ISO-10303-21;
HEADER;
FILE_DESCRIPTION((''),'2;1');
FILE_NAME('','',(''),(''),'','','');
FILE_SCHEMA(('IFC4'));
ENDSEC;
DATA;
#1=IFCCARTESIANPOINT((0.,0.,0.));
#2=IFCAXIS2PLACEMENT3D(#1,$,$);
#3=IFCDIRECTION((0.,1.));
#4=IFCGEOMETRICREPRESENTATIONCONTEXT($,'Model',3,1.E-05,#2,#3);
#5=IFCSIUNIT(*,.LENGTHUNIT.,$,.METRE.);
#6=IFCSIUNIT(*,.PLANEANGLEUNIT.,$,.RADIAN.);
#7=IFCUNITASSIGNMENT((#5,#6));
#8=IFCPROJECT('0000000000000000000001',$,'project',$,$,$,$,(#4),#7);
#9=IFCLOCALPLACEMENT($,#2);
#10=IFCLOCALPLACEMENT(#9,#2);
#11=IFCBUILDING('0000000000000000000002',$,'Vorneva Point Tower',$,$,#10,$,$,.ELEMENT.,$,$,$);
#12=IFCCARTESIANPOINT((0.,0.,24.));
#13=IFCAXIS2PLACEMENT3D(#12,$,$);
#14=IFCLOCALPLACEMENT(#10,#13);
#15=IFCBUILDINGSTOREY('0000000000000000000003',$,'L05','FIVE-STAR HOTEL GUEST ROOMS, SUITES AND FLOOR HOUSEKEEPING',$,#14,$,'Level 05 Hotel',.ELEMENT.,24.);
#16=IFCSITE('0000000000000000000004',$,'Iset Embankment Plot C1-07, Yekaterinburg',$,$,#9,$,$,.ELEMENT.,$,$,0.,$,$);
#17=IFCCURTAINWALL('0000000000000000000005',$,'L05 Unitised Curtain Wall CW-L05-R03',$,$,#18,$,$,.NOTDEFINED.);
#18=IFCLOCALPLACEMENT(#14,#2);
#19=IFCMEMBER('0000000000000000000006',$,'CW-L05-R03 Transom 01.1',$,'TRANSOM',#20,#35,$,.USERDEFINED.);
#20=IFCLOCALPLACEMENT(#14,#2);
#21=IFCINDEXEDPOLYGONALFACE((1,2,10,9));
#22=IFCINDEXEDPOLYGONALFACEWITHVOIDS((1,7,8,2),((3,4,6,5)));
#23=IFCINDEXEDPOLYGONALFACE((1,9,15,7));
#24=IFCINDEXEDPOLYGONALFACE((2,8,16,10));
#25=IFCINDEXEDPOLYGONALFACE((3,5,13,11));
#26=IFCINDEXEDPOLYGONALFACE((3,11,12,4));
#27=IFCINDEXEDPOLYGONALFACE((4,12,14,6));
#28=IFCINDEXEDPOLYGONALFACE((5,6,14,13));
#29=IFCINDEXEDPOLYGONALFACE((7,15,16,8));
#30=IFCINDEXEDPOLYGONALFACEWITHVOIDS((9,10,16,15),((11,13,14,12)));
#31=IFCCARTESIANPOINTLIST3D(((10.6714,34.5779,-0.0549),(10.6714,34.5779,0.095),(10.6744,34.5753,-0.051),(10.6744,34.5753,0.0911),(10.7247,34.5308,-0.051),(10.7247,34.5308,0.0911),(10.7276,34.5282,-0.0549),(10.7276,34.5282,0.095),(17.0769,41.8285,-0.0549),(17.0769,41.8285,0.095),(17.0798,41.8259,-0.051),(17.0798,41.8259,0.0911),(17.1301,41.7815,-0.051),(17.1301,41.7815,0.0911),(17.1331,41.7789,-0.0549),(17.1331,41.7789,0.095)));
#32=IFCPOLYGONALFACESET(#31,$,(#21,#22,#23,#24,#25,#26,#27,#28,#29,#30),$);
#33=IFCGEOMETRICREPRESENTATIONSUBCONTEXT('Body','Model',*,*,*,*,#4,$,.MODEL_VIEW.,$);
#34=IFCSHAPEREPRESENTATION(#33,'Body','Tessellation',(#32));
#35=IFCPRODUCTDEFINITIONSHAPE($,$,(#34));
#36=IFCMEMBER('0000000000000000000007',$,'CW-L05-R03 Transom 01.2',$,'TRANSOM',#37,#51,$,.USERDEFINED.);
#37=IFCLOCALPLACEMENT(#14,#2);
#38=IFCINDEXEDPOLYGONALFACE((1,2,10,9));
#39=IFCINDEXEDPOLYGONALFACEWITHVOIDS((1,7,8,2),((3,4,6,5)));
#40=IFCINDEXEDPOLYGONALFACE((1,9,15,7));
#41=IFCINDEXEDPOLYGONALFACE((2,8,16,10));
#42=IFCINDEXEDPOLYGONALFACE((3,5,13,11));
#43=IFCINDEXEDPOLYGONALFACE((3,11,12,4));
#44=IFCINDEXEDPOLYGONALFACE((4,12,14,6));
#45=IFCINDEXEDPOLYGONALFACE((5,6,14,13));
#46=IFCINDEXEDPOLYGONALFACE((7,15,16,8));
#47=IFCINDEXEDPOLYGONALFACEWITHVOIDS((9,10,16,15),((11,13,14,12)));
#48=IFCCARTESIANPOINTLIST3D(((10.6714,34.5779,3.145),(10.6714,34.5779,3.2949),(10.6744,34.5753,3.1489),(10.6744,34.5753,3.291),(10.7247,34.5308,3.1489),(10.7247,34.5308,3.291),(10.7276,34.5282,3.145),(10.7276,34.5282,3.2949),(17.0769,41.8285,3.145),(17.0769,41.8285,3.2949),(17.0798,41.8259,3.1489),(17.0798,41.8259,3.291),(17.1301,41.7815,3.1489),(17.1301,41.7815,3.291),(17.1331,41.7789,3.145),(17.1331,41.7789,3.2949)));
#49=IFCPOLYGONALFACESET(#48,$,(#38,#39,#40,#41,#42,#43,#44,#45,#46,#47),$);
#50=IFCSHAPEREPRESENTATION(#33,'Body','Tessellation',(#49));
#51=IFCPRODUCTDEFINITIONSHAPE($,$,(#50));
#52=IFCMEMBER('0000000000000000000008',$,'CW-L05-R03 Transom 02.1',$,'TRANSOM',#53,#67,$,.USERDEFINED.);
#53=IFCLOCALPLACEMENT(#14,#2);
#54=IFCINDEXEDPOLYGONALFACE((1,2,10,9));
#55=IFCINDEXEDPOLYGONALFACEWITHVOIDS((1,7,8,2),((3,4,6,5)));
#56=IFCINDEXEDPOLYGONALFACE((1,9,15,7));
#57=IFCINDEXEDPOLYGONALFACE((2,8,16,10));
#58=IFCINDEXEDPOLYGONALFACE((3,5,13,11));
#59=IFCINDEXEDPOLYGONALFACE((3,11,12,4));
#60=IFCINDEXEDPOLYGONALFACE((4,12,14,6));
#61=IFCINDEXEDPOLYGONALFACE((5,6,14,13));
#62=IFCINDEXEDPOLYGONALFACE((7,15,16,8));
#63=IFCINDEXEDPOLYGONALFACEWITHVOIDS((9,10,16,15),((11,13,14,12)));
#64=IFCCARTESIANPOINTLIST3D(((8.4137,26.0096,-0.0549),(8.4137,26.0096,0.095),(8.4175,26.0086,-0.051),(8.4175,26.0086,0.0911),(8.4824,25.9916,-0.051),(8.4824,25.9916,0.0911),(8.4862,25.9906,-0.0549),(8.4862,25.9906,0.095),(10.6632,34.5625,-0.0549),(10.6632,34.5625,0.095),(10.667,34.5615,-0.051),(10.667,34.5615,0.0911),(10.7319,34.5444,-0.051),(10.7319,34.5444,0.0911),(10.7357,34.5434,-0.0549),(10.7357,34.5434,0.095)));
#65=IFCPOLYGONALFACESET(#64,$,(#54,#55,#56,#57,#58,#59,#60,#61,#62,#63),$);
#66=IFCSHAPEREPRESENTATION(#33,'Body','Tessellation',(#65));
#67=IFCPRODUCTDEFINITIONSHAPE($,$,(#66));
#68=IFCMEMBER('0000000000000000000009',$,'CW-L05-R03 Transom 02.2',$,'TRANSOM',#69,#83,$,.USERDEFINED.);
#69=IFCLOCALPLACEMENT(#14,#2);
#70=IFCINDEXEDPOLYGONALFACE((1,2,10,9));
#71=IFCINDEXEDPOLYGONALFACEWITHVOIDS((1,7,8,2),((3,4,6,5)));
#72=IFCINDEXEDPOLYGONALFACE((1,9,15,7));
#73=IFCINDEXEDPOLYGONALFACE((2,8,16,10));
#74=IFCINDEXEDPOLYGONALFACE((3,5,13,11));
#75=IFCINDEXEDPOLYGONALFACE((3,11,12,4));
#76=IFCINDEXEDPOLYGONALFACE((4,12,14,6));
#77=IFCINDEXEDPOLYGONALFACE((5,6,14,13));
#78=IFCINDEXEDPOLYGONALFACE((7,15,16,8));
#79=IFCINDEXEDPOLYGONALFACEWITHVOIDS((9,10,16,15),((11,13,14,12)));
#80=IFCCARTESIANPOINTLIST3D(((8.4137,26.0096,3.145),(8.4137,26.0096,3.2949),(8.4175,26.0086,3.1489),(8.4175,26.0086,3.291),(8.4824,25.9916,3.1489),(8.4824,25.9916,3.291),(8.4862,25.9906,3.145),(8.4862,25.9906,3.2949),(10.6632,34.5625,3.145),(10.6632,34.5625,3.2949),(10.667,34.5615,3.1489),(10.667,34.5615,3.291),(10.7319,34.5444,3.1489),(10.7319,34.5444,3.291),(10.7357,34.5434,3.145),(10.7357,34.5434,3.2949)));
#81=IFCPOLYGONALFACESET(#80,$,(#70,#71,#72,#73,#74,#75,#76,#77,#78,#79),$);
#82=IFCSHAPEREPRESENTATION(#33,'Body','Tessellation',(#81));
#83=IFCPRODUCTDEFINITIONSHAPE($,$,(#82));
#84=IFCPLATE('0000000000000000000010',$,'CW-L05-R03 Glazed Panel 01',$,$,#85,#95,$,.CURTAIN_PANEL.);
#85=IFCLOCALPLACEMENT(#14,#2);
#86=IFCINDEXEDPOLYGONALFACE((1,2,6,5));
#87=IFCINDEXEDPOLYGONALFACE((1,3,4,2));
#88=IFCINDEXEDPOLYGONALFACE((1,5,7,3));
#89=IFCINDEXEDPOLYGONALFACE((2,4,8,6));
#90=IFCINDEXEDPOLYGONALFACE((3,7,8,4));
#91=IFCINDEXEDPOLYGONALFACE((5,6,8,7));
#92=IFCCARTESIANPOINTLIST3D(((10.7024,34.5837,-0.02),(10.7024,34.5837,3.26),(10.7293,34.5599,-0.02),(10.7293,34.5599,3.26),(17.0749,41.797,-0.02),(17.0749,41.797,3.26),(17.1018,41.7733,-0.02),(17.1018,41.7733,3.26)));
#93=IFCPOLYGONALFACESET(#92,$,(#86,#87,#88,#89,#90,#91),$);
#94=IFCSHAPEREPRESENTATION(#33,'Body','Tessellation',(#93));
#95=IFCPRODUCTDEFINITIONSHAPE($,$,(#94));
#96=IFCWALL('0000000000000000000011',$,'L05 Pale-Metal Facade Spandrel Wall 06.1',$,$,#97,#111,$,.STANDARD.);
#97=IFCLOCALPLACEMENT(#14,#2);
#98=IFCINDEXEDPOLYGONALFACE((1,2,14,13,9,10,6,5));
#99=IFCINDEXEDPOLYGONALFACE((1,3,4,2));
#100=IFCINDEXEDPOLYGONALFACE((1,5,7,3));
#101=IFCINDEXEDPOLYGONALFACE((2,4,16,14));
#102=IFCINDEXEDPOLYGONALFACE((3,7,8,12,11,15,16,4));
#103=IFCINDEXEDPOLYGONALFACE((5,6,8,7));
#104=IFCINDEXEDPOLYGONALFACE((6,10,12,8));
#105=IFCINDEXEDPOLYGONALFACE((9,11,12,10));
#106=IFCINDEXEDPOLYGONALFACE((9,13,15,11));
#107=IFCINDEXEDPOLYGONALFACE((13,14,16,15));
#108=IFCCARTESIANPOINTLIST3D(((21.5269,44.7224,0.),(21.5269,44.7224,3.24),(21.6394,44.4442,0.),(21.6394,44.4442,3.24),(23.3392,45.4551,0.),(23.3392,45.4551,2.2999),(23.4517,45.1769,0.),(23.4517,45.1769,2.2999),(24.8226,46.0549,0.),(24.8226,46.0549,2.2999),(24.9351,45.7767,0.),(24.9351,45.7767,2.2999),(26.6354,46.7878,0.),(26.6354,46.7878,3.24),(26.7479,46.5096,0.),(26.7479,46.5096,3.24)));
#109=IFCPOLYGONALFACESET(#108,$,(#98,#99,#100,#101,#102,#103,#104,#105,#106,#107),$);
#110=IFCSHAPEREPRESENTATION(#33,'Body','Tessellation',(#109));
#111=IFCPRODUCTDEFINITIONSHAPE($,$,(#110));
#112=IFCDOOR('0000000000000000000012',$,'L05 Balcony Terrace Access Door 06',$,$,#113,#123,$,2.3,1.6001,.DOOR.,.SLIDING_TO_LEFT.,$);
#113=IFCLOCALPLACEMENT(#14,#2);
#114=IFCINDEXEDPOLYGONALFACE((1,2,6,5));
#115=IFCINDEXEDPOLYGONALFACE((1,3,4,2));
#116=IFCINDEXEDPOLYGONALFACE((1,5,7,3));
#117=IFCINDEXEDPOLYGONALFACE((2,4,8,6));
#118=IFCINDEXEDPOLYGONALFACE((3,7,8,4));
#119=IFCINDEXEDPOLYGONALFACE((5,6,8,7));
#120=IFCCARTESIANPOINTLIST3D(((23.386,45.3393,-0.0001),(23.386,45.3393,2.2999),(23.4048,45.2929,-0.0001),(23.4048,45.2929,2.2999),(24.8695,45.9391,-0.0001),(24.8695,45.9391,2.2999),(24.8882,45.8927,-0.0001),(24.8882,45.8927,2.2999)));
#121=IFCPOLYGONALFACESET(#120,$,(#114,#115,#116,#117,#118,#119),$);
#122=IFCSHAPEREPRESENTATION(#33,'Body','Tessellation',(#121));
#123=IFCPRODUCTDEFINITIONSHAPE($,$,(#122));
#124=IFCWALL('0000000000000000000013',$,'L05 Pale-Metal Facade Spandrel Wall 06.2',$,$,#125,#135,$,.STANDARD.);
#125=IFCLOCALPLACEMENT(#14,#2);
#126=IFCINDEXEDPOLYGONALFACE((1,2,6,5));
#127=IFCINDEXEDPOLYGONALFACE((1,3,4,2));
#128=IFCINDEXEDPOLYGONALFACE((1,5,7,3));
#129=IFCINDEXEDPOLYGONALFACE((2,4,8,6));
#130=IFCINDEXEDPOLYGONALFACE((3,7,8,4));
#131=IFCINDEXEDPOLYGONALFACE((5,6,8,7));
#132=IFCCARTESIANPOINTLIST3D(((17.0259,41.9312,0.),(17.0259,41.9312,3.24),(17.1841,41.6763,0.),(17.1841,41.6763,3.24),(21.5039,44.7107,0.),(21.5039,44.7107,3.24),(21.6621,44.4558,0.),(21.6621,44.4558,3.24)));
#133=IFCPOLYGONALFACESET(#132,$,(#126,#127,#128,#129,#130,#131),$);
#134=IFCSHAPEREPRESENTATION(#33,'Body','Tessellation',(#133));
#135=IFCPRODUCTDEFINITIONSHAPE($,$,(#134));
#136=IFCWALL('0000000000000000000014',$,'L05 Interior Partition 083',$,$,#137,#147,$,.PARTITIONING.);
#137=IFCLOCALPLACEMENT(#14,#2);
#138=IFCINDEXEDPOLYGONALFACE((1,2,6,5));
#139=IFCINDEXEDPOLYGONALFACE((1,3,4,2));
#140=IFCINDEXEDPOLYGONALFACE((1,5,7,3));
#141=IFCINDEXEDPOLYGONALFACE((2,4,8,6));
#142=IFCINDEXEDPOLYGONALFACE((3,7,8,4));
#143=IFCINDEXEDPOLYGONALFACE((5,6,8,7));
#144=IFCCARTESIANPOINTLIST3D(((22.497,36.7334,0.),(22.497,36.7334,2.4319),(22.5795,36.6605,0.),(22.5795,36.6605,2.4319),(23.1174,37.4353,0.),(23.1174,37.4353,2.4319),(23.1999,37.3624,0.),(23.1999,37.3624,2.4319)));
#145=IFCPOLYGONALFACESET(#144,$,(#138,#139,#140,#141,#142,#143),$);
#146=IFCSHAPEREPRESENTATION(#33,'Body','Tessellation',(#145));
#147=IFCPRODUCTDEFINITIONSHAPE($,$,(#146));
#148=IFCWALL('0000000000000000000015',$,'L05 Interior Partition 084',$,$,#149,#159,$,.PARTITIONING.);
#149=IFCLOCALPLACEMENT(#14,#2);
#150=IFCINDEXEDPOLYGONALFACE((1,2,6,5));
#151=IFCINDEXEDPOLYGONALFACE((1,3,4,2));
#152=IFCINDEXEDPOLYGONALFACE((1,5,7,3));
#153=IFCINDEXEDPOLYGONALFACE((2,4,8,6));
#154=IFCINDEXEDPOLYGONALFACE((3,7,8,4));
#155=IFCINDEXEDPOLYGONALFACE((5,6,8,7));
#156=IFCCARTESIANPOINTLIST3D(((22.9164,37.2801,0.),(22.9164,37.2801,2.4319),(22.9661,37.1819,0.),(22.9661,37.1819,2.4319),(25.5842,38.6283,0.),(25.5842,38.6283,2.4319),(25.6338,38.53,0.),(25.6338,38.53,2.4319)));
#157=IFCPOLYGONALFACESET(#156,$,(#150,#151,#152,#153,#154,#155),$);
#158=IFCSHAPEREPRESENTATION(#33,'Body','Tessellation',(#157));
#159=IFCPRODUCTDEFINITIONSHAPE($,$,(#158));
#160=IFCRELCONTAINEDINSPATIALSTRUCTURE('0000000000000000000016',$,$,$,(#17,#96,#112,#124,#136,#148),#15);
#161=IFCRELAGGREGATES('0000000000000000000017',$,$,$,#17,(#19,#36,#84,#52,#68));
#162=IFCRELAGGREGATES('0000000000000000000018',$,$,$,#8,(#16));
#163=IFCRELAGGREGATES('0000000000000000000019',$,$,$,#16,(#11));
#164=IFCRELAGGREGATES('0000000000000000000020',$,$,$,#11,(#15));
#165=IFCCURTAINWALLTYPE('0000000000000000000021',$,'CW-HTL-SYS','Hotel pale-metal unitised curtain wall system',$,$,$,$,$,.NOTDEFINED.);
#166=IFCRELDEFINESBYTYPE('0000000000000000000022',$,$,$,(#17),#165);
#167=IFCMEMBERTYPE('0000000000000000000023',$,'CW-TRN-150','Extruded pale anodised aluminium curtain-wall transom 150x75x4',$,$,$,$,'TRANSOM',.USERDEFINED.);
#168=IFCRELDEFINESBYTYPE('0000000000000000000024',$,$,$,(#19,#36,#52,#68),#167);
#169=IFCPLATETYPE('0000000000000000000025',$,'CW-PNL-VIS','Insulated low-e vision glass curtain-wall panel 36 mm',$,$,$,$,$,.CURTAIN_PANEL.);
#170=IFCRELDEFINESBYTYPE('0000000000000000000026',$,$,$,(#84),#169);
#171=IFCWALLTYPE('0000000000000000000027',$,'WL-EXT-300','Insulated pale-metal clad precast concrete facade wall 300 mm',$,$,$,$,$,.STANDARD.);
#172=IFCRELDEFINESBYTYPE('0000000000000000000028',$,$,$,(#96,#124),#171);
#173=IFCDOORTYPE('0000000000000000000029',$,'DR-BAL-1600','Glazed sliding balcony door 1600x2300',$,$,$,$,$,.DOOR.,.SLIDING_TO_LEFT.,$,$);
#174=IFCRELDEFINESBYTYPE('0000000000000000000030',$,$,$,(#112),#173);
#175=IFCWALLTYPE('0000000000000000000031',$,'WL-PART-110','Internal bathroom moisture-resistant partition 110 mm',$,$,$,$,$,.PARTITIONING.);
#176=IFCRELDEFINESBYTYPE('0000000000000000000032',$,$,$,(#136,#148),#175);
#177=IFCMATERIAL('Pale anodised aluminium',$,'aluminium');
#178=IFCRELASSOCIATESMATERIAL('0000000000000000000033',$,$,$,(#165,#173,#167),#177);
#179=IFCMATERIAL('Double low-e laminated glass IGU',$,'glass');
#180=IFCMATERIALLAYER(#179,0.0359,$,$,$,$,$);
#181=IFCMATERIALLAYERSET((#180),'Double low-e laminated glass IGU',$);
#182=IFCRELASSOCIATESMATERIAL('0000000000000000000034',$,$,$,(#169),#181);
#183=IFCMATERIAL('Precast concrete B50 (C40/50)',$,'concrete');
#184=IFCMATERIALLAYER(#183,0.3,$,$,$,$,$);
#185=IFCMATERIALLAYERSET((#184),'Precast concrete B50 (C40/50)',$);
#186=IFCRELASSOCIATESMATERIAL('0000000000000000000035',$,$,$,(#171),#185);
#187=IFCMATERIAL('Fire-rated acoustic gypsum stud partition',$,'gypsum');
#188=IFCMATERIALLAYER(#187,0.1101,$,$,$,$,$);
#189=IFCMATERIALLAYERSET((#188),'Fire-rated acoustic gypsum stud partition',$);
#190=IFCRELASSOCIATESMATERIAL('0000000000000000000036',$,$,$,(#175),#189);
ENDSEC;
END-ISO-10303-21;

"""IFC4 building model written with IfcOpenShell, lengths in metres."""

from ifc_helpers import new_model, si_unit, direction, frame, frame_2d, origin, origin_2d, place, context, subcontext, project, spatial, rectangle, hollow_rectangle, extrude, material, layer, layer_set, material_profile, profile_set, type_object, element, fill, aggregate, save


model = new_model("IFC4")

# Units and contexts
model_context = context("Model", 3, precision=1e-05, world=origin(), true_north=direction((0.0, 1.0)))
body_context = subcontext(model_context, "Body", "Model", "MODEL_VIEW")
ifc_project = project(units=[si_unit("LENGTHUNIT", "METRE"), si_unit("PLANEANGLEUNIT", "RADIAN")], contexts=[model_context])

# Site, building, storey
site_placement = place(None, origin())
site = spatial("IfcSite", under=ifc_project, at=site_placement, Name="Iset Embankment Plot C1-07, Yekaterinburg", CompositionType="ELEMENT", RefElevation=0.0)
building_placement = place(site_placement, origin())
building = spatial("IfcBuilding", under=site, at=building_placement, Name="Vorneva Point Tower", CompositionType="ELEMENT")
storey_placement = place(building_placement, frame((0.0, 0.0, 24.0)))
storey = spatial("IfcBuildingStorey", under=building, at=storey_placement, Name="L05", Description="FIVE-STAR HOTEL GUEST ROOMS, SUITES AND FLOOR HOUSEKEEPING", LongName="Level 05 Hotel", CompositionType="ELEMENT", Elevation=24.0)

# Shared definitions
ifc_material_1 = material(Name="Pale anodised aluminium", Category="aluminium")
curtain_wall_type = type_object("IfcCurtainWallType", Name="CW-HTL-SYS", Description="Hotel pale-metal unitised curtain wall system", PredefinedType="NOTDEFINED", material=ifc_material_1)

# Curtain wall, members, plate
curtain_wall_1_placement = place(storey_placement, origin())
curtain_wall_1 = element("IfcCurtainWall", 1, at=curtain_wall_1_placement, inside=storey, type_object=curtain_wall_type, Name="L05 Unitised Curtain Wall CW-L05-R03", PredefinedType="NOTDEFINED")
ifc_material_profile_1 = material_profile(ifc_material_1, hollow_rectangle(XDim=0.075, YDim=0.1499, WallThickness=0.0039, at=origin_2d()), Name="AL-TRN 150x75x4")
ifc_profile_set_1 = profile_set([ifc_material_profile_1], Name="Pale anodised aluminium")
member_type_1 = type_object("IfcMemberType", Name="CW-TRN-150", Description="Extruded pale anodised aluminium curtain-wall transom 150x75x4", ElementType="TRANSOM", PredefinedType="USERDEFINED", material=ifc_profile_set_1)
member_1_placement = place(storey_placement, frame((17.105, 41.8037, 0.02), z_axis=(-0.662076, -0.749437, 0.0), x_axis=(0.749437, -0.662076, 0.0)))
member_1 = element("IfcMember", 2, at=member_1_placement, type_object=member_type_1, Name="CW-L05-R03 Transom 01.1", ObjectType="TRANSOM", PredefinedType="USERDEFINED", context=body_context, shape_type="SweptSolid", body=[
    extrude(hollow_rectangle(XDim=0.075, YDim=0.1499, WallThickness=0.0039, at=origin_2d()), origin(), (0.0, 0.0, 1.0), 9.6748),
])
member_2_placement = place(storey_placement, frame((17.105, 41.8037, 3.22), z_axis=(-0.662076, -0.749437, 0.0), x_axis=(0.749437, -0.662076, 0.0)))
member_2 = element("IfcMember", 3, at=member_2_placement, type_object=member_type_1, Name="CW-L05-R03 Transom 01.2", ObjectType="TRANSOM", PredefinedType="USERDEFINED", context=body_context, shape_type="SweptSolid", body=[
    extrude(hollow_rectangle(XDim=0.075, YDim=0.1499, WallThickness=0.0039, at=origin_2d()), origin(), (0.0, 0.0, 1.0), 9.6748),
])
member_3_placement = place(storey_placement, frame((10.6995, 34.553, 0.02), z_axis=(-0.254359, -0.96711, 0.0), x_axis=(0.96711, -0.254359, 0.0)))
member_3 = element("IfcMember", 4, at=member_3_placement, type_object=member_type_1, Name="CW-L05-R03 Transom 02.1", ObjectType="TRANSOM", PredefinedType="USERDEFINED", context=body_context, shape_type="SweptSolid", body=[
    extrude(hollow_rectangle(XDim=0.075, YDim=0.1499, WallThickness=0.0039, at=origin_2d()), origin(), (0.0, 0.0, 1.0), 8.8438),
])
member_4_placement = place(storey_placement, frame((10.6995, 34.553, 3.22), z_axis=(-0.254359, -0.96711, 0.0), x_axis=(0.96711, -0.254359, 0.0)))
member_4 = element("IfcMember", 5, at=member_4_placement, type_object=member_type_1, Name="CW-L05-R03 Transom 02.2", ObjectType="TRANSOM", PredefinedType="USERDEFINED", context=body_context, shape_type="SweptSolid", body=[
    extrude(hollow_rectangle(XDim=0.075, YDim=0.1499, WallThickness=0.0039, at=origin_2d()), origin(), (0.0, 0.0, 1.0), 8.8438),
])
ifc_material_2 = material(Name="Double low-e laminated glass IGU", Category="glass")
ifc_layer_1 = layer(ifc_material_2, 0.0359)
ifc_layer_set_1 = layer_set([ifc_layer_1], Name="Double low-e laminated glass IGU")
plate_type = type_object("IfcPlateType", Name="CW-PNL-VIS", Description="Insulated low-e vision glass curtain-wall panel 36 mm", PredefinedType="CURTAIN_PANEL", material=ifc_layer_set_1)
plate_placement = place(storey_placement, frame((13.9021, 38.1785, -0.02), z_axis=(0.0, 0.0, 1.0), x_axis=(-0.662071, -0.749441, 0.0)))
plate = element("IfcPlate", 6, at=plate_placement, type_object=plate_type, Name="CW-L05-R03 Glazed Panel 01", PredefinedType="CURTAIN_PANEL", context=body_context, shape_type="SweptSolid", body=[
    extrude(rectangle(XDim=9.625, YDim=0.0359, at=origin_2d()), origin(), (0.0, 0.0, 1.0), 3.28),
])
aggregate(curtain_wall_1, [member_1, member_2, plate, member_3, member_4])

# Wall, opening, door
ifc_material_3 = material(Name="Precast concrete B50 (C40/50)", Category="concrete")
ifc_layer_2 = layer(ifc_material_3, 0.3)
ifc_layer_set_2 = layer_set([ifc_layer_2], Name="Precast concrete B50 (C40/50)")
wall_type_1 = type_object("IfcWallType", Name="WL-EXT-300", Description="Insulated pale-metal clad precast concrete facade wall 300 mm", PredefinedType="STANDARD", material=ifc_layer_set_2)
wall_1_placement = place(storey_placement, frame((26.6917, 46.6487, 0.0), z_axis=(0.0, 0.0, 1.0), x_axis=(-0.927095, -0.374826, 0.0)))
wall_1 = element("IfcWall", 7, at=wall_1_placement, inside=storey, type_object=wall_type_1, Name="L05 Pale-Metal Facade Spandrel Wall 06.1", PredefinedType="STANDARD", context=body_context, shape_type="SweptSolid", body=[
    extrude(rectangle(XDim=5.5103, YDim=0.3, at=frame_2d((2.7551, 0.0))), origin(), (0.0, 0.0, 1.0), 3.24),
])
opening_1_placement = place(wall_1_placement, frame((1.9553, 0.0, 0.0)))
opening_1 = element("IfcOpeningElement", 8, at=opening_1_placement, cuts=wall_1, PredefinedType="OPENING", context=body_context, shape_type="SweptSolid", body=[
    extrude(rectangle(XDim=1.6001, YDim=2.3, at=frame_2d((0.8, 1.1499))), frame((0.0, 0.165, 0.0), z_axis=(0.0, -1.0, 0.0), x_axis=(1.0, 0.0, 0.0)), (0.0, 0.0, 1.0), 0.3298),
])
door_type_1 = type_object("IfcDoorType", Name="DR-BAL-1600", Description="Glazed sliding balcony door 1600x2300", OperationType="SLIDING_TO_LEFT", PredefinedType="DOOR", material=ifc_material_1)
door_1_placement = place(opening_1_placement, origin())
door_1 = element("IfcDoor", 9, at=door_1_placement, inside=storey, type_object=door_type_1, Name="L05 Balcony Terrace Access Door 06", OperationType="SLIDING_TO_LEFT", OverallHeight=2.3, OverallWidth=1.6001, PredefinedType="DOOR", context=body_context, shape_type="SweptSolid", body=[
    extrude(rectangle(XDim=1.6001, YDim=2.3, at=frame_2d((0.8, 1.1499))), frame((0.0, 0.0249, 0.0), z_axis=(0.0, -1.0, 0.0), x_axis=(1.0, 0.0, 0.0)), (0.0, 0.0, 1.0), 0.05),
])
fill(opening_1, door_1)

# Walls
wall_2_placement = place(storey_placement, frame((21.583, 44.5833, 0.0), z_axis=(0.0, 0.0, 1.0), x_axis=(-0.849634, -0.527373, 0.0)))
element("IfcWall", 10, at=wall_2_placement, inside=storey, type_object=wall_type_1, Name="L05 Pale-Metal Facade Spandrel Wall 06.2", PredefinedType="STANDARD", context=body_context, shape_type="SweptSolid", body=[
    extrude(rectangle(XDim=5.2705, YDim=0.3, at=frame_2d((2.6353, 0.0))), origin(), (0.0, 0.0, 1.0), 3.24),
])
ifc_material_4 = material(Name="Fire-rated acoustic gypsum stud partition", Category="gypsum")
ifc_layer_3 = layer(ifc_material_4, 0.1101)
ifc_layer_set_3 = layer_set([ifc_layer_3], Name="Fire-rated acoustic gypsum stud partition")
wall_type_2 = type_object("IfcWallType", Name="WL-PART-110", Description="Internal bathroom moisture-resistant partition 110 mm", PredefinedType="PARTITIONING", material=ifc_layer_set_3)
wall_3_placement = place(storey_placement, frame((22.5383, 36.697, 0.0), z_axis=(0.0, 0.0, 1.0), x_axis=(0.662242, 0.74929, 0.0)))
element("IfcWall", 11, at=wall_3_placement, inside=storey, type_object=wall_type_2, Name="L05 Interior Partition 083", PredefinedType="PARTITIONING", context=body_context, shape_type="SweptSolid", body=[
    extrude(rectangle(XDim=0.9368, YDim=0.1101, at=frame_2d((0.4683, 0.0))), origin(), (0.0, 0.0, 1.0), 2.4319),
])
wall_4_placement = place(storey_placement, frame((22.9412, 37.231, 0.0), z_axis=(0.0, 0.0, 1.0), x_axis=(0.892508, 0.451032, 0.0)))
element("IfcWall", 12, at=wall_4_placement, inside=storey, type_object=wall_type_2, Name="L05 Interior Partition 084", PredefinedType="PARTITIONING", context=body_context, shape_type="SweptSolid", body=[
    extrude(rectangle(XDim=2.989, YDim=0.1101, at=frame_2d((1.4946, 0.0))), origin(), (0.0, 0.0, 1.0), 2.4319),
])

save(model, "model.ifc")
